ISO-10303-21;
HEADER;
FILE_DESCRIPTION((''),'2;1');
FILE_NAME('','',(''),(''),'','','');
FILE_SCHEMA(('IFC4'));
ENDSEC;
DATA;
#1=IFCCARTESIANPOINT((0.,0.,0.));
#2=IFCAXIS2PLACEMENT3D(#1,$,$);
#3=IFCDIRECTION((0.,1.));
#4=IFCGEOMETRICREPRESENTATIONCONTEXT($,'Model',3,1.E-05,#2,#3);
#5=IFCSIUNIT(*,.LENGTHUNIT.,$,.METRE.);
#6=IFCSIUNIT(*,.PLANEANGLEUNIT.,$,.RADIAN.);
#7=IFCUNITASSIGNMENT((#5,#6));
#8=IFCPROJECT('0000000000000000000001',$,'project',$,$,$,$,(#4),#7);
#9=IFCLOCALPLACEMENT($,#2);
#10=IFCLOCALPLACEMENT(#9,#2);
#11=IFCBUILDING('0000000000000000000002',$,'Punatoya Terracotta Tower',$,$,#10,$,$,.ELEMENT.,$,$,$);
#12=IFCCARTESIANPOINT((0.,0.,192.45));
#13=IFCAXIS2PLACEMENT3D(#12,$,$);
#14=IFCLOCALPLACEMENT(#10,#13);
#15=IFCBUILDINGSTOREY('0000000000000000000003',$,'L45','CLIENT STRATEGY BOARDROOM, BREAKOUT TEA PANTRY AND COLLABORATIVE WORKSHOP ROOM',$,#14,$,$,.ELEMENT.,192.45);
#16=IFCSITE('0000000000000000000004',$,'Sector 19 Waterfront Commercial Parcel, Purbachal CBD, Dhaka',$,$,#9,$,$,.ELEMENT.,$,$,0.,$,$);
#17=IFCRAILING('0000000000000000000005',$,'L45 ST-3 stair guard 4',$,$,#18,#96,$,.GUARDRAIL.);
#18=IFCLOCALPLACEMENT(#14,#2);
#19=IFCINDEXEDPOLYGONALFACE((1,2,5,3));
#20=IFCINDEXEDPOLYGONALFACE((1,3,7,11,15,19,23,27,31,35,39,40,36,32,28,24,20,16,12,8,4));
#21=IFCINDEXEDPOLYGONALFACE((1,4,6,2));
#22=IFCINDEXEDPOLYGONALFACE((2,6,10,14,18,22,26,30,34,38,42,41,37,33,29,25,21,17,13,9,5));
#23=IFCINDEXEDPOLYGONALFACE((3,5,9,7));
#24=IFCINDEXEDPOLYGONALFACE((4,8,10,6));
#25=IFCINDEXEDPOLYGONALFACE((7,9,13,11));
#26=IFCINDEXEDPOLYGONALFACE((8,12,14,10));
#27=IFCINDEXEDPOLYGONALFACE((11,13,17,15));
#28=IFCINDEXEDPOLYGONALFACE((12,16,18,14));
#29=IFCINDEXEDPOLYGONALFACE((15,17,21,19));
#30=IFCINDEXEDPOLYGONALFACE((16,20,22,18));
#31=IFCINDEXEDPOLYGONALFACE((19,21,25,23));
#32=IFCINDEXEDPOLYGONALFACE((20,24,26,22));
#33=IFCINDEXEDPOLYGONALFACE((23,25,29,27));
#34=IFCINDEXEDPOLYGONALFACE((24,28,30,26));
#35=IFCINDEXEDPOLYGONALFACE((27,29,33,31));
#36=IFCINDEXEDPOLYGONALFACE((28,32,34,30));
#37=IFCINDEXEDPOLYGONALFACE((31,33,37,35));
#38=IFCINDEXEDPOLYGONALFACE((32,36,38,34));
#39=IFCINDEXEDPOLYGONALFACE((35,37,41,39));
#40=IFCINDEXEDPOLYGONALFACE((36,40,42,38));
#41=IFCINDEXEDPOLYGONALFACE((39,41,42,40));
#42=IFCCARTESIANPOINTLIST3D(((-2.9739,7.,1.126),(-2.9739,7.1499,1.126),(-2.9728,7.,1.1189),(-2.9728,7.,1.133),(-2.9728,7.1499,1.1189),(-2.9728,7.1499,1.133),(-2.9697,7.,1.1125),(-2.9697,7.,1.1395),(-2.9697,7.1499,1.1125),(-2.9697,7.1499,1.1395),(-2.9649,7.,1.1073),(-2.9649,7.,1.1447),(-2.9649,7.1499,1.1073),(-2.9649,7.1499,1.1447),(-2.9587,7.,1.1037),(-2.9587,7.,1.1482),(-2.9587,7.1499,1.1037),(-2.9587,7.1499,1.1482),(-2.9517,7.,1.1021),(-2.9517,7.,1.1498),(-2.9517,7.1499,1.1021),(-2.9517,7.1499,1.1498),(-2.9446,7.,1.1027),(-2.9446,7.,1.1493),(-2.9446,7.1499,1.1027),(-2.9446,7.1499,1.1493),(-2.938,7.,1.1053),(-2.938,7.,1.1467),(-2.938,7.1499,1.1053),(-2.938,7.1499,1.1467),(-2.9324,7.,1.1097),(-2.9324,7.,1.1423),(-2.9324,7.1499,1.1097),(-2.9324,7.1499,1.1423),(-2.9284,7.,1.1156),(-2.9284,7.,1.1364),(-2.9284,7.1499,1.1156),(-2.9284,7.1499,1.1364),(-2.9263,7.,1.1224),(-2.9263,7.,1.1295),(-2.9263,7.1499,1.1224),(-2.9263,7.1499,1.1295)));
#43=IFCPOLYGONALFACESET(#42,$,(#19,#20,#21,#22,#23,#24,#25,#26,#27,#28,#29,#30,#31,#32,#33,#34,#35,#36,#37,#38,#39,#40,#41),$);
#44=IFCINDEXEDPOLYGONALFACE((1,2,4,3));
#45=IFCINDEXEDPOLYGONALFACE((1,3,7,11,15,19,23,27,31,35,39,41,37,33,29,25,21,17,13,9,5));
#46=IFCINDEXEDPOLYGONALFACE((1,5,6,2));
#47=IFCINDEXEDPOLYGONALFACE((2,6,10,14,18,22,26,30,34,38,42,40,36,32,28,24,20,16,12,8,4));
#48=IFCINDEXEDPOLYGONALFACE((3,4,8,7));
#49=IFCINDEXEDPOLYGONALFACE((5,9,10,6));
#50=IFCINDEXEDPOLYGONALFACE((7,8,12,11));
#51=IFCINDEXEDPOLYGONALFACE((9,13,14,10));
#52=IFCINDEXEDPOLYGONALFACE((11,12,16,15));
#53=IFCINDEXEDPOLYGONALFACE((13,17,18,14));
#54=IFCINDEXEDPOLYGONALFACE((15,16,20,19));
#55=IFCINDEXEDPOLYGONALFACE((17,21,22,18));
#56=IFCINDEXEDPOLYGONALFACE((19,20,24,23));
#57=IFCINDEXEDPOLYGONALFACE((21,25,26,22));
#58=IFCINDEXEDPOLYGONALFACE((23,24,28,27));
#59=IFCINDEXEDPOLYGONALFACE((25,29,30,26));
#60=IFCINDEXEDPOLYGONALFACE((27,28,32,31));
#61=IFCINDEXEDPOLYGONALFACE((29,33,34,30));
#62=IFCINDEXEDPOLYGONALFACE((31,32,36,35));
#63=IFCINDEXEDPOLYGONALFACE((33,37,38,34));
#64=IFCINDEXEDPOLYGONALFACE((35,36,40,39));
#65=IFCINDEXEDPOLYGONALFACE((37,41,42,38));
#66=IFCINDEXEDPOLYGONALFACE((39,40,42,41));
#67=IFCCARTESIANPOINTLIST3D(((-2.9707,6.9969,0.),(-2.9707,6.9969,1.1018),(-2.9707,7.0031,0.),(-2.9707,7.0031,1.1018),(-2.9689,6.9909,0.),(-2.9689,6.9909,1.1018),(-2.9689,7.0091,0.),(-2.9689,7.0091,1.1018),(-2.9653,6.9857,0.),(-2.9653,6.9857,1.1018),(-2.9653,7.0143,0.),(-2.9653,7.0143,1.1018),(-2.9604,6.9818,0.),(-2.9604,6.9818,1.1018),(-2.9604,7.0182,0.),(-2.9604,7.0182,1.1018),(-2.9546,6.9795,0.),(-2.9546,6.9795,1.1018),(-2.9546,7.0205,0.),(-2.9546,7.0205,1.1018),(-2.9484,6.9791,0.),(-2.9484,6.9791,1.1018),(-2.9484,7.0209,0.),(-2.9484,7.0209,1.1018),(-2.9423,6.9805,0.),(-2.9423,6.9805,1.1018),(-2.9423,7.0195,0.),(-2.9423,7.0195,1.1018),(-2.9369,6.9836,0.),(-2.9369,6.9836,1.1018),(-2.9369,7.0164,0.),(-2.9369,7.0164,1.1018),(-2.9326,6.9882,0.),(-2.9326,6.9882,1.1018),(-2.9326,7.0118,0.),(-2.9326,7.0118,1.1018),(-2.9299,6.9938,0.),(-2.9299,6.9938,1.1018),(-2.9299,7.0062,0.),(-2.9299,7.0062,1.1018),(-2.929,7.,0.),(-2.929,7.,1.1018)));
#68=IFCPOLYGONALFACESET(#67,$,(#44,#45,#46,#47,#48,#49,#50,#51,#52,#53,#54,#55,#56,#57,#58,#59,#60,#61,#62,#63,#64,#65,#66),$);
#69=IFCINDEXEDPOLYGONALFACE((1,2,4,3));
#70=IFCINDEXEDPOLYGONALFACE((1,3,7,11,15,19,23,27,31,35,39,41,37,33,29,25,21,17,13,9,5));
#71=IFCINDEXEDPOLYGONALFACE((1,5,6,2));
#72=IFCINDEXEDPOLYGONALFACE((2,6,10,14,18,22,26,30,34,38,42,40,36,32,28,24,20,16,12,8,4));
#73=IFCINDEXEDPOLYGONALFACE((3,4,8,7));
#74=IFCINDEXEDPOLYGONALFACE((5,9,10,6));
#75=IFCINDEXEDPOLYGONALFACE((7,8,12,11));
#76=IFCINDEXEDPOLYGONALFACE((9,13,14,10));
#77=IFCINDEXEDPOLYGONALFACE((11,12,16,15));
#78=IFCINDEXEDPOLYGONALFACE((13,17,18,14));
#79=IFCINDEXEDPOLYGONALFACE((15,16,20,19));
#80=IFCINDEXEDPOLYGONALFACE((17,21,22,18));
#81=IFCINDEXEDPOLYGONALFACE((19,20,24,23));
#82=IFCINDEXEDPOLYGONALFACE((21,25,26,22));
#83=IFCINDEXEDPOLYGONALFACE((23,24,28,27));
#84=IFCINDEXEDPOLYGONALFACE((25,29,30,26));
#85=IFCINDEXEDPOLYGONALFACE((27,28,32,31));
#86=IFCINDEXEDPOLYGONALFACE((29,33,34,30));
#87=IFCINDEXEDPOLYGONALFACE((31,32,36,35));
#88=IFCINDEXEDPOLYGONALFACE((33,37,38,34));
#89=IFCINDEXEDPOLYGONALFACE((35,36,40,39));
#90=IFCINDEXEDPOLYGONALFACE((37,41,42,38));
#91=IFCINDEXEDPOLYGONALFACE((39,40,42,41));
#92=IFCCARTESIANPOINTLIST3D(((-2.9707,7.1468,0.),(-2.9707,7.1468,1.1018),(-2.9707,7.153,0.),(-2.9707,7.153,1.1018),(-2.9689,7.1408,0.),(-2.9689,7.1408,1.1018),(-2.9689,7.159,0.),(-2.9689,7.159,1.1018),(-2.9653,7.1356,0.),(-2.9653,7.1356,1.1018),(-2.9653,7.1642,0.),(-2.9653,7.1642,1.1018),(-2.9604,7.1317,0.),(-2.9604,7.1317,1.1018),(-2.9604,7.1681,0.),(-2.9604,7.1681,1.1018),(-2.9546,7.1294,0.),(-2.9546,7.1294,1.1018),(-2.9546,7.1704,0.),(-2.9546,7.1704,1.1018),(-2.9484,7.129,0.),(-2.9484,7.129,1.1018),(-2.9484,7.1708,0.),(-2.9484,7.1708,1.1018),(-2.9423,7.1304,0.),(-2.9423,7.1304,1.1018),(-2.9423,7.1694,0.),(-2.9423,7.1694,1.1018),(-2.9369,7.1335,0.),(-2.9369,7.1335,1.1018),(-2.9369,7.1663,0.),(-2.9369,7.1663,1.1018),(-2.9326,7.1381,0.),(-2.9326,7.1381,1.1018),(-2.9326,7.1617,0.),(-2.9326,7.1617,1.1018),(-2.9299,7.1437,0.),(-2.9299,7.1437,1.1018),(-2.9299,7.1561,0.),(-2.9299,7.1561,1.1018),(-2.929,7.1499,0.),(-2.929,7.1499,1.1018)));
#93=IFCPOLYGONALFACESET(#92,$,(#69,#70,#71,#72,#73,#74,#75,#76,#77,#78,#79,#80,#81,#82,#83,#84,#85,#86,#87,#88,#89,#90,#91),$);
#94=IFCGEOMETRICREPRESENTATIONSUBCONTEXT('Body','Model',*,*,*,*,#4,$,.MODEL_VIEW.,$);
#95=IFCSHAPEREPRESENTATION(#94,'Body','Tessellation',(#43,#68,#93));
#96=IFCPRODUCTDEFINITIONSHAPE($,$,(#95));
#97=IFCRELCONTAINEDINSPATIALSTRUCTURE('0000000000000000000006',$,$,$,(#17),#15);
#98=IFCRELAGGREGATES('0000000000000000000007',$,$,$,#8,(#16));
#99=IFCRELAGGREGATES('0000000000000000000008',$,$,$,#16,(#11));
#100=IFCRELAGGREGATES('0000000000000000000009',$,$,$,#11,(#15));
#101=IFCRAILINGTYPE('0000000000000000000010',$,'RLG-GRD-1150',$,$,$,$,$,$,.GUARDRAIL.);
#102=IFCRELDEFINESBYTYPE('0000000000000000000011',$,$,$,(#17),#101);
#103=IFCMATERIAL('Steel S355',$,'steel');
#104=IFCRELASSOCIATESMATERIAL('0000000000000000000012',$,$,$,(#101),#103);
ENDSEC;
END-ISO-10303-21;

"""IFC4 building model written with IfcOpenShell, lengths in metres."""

from ifc_helpers import new_model, si_unit, direction, frame, origin, origin_2d, place, context, subcontext, project, spatial, circle, extrude, material, type_object, element, save


model = new_model("IFC4")

# Units and contexts
model_context = context("Model", 3, precision=1e-05, world=origin(), true_north=direction((0.0, 1.0)))
body_context = subcontext(model_context, "Body", "Model", "MODEL_VIEW")
ifc_project = project(units=[si_unit("LENGTHUNIT", "METRE"), si_unit("PLANEANGLEUNIT", "RADIAN")], contexts=[model_context])

# Site, building, storey
site_placement = place(None, origin())
site = spatial("IfcSite", under=ifc_project, at=site_placement, Name="Sector 19 Waterfront Commercial Parcel, Purbachal CBD, Dhaka", CompositionType="ELEMENT", RefElevation=0.0)
building_placement = place(site_placement, origin())
building = spatial("IfcBuilding", under=site, at=building_placement, Name="Punatoya Terracotta Tower", CompositionType="ELEMENT")
storey_placement = place(building_placement, frame((0.0, 0.0, 192.45)))
storey = spatial("IfcBuildingStorey", under=building, at=storey_placement, Name="L45", Description="CLIENT STRATEGY BOARDROOM, BREAKOUT TEA PANTRY AND COLLABORATIVE WORKSHOP ROOM", CompositionType="ELEMENT", Elevation=192.45)

# Railing
ifc_material_1 = material(Name="Steel S355", Category="steel")
railing_type_1 = type_object("IfcRailingType", Name="RLG-GRD-1150", PredefinedType="GUARDRAIL", material=ifc_material_1)
railing_1_placement = place(storey_placement, frame((-2.95, 7.0, 0.0)))
element("IfcRailing", 1, at=railing_1_placement, inside=storey, type_object=railing_type_1, Name="L45 ST-3 stair guard 4", PredefinedType="GUARDRAIL", context=body_context, shape_type="SweptSolid", body=[
    extrude(circle(Radius=0.0239, at=origin_2d()), frame((0.0, 0.0, 1.126), z_axis=(0.0, 1.0, 0.0), x_axis=(-1.0, 0.0, 0.0)), (0.0, 0.0, 1.0), 0.1499),
    extrude(circle(Radius=0.021, at=origin_2d()), origin(), (0.0, 0.0, 1.0), 1.1018),
    extrude(circle(Radius=0.021, at=origin_2d()), frame((0.0, 0.1499, 0.0)), (0.0, 0.0, 1.0), 1.1018),
])

save(model, "model.ifc")
